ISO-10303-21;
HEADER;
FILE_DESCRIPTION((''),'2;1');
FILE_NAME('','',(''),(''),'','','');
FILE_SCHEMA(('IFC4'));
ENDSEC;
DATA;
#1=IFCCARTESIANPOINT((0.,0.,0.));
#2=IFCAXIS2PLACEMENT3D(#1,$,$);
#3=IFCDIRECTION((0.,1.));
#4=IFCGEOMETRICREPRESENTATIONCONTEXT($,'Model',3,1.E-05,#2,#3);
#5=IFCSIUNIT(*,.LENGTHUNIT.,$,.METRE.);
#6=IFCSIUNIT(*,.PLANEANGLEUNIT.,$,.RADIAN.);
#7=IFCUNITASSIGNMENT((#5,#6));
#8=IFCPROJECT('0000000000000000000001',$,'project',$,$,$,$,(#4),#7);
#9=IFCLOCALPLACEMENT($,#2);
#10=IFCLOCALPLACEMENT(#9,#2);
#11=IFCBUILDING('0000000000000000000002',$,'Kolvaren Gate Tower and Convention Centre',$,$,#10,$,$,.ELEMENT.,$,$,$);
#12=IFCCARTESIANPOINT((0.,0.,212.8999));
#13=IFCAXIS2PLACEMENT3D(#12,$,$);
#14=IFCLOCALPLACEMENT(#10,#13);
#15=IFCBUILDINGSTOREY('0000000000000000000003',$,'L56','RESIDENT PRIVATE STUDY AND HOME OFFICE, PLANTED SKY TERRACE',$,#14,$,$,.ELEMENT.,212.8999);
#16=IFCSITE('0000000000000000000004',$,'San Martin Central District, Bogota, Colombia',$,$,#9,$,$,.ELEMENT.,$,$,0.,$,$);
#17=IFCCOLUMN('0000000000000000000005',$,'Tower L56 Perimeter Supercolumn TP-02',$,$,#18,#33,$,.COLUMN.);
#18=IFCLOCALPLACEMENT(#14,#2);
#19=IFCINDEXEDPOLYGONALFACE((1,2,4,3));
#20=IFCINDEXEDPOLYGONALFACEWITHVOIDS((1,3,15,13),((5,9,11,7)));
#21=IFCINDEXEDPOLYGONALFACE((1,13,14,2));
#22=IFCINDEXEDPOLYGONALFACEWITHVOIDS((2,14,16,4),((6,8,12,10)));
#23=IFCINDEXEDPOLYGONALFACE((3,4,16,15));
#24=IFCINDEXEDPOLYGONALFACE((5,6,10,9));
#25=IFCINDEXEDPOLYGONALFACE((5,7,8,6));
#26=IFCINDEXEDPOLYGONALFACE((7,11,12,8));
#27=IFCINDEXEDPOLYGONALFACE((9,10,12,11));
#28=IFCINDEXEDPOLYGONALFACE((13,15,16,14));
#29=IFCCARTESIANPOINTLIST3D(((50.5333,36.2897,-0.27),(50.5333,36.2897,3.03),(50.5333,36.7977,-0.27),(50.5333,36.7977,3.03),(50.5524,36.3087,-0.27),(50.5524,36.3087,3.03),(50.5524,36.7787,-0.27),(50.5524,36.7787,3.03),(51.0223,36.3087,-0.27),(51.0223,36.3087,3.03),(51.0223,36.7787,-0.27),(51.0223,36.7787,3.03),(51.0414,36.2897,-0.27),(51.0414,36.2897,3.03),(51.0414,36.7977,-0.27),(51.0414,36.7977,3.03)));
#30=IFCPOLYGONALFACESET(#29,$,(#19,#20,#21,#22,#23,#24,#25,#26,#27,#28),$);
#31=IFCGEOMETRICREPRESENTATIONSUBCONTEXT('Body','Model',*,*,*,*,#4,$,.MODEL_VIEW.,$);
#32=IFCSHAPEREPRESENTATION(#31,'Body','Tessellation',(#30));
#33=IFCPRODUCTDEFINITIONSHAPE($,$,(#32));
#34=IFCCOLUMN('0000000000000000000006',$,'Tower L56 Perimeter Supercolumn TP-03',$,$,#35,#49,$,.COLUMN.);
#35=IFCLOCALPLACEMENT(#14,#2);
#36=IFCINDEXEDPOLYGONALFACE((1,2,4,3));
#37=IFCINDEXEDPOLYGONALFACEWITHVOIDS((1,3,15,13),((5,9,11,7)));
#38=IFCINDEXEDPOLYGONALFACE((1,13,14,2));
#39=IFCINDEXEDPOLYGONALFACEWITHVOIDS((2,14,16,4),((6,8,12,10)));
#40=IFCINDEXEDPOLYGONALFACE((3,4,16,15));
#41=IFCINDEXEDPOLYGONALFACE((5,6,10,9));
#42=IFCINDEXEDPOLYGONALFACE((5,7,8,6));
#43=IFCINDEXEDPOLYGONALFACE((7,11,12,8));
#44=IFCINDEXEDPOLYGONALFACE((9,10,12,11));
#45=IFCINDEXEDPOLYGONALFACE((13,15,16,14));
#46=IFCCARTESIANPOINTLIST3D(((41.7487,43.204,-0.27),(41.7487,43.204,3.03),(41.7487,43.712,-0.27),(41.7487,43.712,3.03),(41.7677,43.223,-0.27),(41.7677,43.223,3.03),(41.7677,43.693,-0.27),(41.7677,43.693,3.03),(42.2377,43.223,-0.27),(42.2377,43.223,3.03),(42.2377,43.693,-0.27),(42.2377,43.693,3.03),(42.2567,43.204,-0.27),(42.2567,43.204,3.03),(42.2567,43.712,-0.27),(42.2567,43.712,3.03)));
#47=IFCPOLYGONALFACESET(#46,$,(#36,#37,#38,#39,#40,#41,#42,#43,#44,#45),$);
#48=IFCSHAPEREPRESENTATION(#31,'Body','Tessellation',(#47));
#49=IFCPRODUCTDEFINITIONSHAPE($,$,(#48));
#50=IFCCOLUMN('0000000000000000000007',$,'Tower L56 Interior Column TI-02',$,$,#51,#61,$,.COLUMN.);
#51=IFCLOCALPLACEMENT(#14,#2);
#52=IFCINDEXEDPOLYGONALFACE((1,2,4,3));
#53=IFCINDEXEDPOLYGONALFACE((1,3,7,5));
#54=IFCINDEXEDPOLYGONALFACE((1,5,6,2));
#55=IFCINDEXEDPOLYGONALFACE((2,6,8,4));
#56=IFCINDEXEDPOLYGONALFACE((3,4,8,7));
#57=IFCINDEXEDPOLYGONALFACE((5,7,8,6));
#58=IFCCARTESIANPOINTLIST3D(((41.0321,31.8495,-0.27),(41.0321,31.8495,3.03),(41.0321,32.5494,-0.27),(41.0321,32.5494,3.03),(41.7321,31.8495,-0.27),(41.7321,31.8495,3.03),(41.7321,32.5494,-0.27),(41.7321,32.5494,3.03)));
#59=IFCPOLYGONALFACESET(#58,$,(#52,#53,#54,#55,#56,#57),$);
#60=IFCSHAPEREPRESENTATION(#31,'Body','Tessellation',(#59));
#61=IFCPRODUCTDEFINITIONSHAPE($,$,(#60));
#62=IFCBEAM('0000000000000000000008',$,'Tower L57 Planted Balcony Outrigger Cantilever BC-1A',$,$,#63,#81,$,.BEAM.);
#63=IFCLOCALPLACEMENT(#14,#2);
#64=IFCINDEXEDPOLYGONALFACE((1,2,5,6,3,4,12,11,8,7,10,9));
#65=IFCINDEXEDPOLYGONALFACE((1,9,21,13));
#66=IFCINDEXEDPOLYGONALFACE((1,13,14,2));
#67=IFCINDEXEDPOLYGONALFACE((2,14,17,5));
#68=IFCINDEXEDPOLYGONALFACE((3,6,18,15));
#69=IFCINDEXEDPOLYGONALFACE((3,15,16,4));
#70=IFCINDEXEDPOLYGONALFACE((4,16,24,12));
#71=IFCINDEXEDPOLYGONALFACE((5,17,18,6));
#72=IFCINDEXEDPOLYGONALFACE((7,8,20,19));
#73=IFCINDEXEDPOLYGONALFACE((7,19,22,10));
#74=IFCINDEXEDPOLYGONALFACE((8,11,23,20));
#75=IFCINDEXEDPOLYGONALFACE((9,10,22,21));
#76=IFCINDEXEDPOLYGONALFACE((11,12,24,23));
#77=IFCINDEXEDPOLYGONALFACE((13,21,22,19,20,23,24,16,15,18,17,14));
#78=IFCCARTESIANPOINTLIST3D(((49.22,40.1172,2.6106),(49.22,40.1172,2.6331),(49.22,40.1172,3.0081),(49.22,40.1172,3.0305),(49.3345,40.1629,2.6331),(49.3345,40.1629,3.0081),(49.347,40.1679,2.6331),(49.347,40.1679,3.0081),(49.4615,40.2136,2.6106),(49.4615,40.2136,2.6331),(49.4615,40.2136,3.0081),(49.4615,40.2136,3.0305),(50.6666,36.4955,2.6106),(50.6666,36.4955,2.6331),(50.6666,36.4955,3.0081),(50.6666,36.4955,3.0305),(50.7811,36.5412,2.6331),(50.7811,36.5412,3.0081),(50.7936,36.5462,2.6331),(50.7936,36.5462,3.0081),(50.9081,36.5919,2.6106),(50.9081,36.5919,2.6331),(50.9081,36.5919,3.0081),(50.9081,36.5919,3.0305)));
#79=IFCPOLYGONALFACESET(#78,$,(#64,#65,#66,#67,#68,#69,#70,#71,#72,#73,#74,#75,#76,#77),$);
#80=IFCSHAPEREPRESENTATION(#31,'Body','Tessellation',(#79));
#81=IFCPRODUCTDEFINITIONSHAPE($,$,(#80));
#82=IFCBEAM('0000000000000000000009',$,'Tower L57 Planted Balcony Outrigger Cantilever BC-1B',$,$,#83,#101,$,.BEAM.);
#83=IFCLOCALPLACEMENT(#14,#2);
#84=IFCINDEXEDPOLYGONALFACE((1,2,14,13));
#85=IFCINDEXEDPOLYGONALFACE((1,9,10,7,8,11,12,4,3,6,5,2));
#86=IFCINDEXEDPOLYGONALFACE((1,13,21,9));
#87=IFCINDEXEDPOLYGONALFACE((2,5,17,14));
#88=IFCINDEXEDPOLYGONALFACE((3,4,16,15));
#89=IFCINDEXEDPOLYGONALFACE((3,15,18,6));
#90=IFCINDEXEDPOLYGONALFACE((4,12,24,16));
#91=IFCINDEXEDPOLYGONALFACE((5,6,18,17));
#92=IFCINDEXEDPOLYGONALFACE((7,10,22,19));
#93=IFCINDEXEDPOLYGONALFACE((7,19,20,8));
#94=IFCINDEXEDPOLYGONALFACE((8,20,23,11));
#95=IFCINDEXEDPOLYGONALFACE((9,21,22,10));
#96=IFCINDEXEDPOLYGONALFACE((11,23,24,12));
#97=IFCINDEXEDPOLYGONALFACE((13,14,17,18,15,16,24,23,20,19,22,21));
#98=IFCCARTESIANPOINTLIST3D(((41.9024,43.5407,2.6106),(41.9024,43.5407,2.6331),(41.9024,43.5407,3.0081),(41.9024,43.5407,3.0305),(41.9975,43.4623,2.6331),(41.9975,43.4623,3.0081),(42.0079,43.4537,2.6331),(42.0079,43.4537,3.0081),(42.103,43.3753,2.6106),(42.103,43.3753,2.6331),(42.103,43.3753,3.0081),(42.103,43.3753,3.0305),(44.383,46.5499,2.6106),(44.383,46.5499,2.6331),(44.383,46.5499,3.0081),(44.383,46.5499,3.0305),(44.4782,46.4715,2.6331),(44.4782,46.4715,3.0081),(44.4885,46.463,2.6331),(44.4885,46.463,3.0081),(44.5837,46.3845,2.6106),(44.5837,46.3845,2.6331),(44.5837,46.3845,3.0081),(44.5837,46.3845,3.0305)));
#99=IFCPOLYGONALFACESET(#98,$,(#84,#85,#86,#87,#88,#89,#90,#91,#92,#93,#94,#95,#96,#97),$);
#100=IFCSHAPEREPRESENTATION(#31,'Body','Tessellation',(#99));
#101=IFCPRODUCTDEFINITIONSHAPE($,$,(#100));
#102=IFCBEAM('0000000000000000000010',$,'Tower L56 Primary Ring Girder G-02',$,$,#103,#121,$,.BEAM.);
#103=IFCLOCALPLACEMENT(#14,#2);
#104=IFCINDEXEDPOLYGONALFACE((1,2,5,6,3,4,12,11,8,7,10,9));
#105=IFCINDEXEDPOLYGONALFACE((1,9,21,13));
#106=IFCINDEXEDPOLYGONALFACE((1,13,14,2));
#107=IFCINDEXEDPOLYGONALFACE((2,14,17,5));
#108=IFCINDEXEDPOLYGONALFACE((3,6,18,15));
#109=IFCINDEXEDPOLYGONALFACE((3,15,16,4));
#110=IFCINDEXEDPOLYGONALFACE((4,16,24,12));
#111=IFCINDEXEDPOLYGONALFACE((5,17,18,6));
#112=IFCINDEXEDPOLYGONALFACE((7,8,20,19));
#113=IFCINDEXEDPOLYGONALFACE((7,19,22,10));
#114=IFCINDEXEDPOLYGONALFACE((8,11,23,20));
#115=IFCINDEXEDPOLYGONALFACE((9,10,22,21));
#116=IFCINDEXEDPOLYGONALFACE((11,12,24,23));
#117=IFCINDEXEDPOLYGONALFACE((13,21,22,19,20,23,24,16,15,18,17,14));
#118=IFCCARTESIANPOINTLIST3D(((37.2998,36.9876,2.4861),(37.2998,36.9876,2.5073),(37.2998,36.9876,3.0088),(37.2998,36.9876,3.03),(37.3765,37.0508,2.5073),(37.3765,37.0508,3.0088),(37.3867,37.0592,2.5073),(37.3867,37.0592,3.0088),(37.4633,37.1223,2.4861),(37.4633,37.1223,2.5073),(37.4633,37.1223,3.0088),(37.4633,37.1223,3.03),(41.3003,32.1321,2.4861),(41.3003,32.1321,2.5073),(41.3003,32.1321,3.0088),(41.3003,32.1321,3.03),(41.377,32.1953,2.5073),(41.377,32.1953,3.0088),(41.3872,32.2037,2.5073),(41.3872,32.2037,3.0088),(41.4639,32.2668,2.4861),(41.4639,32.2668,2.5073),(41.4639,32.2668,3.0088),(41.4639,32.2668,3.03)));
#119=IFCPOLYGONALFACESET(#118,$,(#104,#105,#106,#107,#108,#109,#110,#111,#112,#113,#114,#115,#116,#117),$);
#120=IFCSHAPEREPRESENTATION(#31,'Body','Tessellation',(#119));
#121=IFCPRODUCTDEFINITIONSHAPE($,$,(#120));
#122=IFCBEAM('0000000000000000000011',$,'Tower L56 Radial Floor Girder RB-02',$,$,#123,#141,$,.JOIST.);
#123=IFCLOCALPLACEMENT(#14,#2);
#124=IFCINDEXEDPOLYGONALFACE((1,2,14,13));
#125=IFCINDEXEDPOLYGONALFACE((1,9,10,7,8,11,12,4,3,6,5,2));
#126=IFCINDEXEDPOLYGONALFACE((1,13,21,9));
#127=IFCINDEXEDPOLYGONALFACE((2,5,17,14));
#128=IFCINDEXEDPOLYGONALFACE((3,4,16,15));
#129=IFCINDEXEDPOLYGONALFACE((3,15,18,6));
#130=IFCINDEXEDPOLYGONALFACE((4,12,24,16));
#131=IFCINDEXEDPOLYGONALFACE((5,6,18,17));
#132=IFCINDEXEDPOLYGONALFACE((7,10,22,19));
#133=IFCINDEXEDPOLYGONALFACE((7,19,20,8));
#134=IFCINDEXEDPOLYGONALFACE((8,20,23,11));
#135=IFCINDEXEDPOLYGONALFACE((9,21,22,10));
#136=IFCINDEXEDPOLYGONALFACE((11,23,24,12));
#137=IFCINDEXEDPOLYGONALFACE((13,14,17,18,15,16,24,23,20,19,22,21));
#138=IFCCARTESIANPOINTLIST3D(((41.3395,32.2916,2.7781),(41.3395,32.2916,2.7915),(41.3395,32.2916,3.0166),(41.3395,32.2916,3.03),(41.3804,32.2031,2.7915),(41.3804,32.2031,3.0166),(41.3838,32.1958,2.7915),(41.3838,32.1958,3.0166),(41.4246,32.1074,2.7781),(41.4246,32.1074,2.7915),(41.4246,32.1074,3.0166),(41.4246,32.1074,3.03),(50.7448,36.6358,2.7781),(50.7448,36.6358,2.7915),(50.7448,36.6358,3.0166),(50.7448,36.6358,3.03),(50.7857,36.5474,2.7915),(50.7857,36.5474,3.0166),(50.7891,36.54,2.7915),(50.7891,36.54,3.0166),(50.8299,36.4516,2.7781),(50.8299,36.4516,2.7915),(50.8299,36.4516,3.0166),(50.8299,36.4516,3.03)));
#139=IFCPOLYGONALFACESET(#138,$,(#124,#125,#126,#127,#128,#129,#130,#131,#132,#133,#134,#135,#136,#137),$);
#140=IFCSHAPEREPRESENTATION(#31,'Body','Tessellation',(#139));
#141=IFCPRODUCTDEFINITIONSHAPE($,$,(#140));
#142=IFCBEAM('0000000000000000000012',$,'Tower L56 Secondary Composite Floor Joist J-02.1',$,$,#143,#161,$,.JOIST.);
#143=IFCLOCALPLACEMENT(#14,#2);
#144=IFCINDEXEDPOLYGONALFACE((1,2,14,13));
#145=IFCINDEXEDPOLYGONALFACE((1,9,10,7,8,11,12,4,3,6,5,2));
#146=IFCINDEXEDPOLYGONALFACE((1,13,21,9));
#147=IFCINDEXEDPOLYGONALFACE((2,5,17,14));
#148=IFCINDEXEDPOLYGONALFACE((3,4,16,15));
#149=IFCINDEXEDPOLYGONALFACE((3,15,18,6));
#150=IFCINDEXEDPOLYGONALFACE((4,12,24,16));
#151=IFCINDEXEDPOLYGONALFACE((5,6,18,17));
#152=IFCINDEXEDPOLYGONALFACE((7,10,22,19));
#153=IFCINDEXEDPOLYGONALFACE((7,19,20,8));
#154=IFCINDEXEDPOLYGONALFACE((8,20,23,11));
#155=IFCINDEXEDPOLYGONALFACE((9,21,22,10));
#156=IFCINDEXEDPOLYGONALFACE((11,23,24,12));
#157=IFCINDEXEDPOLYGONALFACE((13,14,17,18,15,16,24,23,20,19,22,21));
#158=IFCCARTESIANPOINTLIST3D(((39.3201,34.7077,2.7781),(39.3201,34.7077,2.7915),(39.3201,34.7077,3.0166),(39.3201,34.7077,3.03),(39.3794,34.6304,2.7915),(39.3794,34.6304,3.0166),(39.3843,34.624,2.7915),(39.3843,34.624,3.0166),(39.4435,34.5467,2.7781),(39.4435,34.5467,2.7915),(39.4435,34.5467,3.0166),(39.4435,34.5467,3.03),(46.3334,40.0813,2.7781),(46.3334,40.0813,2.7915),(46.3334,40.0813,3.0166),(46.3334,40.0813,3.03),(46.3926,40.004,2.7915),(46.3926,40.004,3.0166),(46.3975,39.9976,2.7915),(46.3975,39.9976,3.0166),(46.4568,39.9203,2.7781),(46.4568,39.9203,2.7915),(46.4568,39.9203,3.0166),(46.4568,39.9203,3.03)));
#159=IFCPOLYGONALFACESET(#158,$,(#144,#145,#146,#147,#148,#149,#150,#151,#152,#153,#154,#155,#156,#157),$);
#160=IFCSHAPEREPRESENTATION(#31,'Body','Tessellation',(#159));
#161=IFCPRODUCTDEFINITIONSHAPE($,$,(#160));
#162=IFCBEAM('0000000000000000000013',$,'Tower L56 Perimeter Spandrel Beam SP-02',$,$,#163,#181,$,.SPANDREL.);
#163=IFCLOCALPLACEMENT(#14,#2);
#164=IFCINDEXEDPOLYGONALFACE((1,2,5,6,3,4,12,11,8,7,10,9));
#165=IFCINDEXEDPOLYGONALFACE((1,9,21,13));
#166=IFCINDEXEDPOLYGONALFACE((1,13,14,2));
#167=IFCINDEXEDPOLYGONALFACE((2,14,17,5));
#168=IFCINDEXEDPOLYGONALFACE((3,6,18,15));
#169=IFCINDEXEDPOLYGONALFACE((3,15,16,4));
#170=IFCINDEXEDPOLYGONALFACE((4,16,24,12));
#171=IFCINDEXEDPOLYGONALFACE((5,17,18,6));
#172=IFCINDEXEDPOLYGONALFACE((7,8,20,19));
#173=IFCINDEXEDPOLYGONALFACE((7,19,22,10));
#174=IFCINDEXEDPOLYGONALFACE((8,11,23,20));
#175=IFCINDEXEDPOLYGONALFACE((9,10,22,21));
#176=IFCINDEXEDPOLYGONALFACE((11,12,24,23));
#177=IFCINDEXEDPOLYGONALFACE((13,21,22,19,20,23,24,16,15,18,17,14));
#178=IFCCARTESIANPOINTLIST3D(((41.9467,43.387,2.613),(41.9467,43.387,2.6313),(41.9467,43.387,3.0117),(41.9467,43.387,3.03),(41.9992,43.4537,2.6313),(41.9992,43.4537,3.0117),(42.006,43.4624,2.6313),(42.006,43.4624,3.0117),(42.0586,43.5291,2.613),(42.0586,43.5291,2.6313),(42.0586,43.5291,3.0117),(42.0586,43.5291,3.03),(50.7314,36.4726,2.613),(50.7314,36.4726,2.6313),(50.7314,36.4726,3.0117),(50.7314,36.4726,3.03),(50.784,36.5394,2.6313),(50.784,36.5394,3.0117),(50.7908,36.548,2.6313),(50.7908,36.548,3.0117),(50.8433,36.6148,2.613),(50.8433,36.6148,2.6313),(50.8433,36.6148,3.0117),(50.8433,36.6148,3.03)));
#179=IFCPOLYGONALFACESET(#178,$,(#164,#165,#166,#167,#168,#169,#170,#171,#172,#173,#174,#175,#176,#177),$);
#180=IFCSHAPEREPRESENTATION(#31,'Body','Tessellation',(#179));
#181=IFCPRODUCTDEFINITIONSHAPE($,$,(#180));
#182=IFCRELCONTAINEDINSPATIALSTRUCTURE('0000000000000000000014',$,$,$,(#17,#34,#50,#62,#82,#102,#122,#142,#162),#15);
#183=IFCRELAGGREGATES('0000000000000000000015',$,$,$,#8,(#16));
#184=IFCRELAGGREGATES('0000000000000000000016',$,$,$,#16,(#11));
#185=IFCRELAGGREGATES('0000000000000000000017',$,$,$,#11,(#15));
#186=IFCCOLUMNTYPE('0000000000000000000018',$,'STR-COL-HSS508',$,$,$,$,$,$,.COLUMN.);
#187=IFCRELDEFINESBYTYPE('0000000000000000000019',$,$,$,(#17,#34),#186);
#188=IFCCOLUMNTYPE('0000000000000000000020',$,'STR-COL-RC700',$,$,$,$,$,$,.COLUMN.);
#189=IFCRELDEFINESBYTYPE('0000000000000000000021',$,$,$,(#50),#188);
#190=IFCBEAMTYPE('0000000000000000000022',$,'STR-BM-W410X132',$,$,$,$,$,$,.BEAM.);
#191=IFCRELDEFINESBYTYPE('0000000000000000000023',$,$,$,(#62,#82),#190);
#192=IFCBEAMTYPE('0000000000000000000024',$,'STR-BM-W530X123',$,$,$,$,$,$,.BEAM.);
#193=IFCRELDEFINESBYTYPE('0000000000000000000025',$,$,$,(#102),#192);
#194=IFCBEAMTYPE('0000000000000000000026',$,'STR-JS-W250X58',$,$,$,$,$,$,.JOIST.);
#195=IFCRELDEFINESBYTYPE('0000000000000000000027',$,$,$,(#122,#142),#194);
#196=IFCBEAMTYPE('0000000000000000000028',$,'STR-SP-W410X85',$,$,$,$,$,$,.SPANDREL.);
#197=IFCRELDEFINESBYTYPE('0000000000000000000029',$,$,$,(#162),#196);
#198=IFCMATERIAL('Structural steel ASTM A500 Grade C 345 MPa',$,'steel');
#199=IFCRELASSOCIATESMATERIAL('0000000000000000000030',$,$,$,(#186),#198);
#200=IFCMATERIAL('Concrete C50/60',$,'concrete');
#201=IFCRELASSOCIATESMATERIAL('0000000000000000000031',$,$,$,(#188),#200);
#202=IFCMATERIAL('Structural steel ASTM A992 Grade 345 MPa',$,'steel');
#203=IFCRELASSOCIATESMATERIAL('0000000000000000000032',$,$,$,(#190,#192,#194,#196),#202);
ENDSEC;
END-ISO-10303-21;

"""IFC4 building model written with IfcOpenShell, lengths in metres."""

from ifc_helpers import new_model, si_unit, direction, frame, origin, origin_2d, place, context, subcontext, project, spatial, rectangle, hollow_rectangle, i_section, extrude, material, material_profile, profile_set, type_object, element, save


model = new_model("IFC4")

# Units and contexts
model_context = context("Model", 3, precision=1e-05, world=origin(), true_north=direction((0.0, 1.0)))
body_context = subcontext(model_context, "Body", "Model", "MODEL_VIEW")
ifc_project = project(units=[si_unit("LENGTHUNIT", "METRE"), si_unit("PLANEANGLEUNIT", "RADIAN")], contexts=[model_context])

# Site, building, storey
site_placement = place(None, origin())
site = spatial("IfcSite", under=ifc_project, at=site_placement, Name="San Martin Central District, Bogota, Colombia", CompositionType="ELEMENT", RefElevation=0.0)
building_placement = place(site_placement, origin())
building = spatial("IfcBuilding", under=site, at=building_placement, Name="Kolvaren Gate Tower and Convention Centre", CompositionType="ELEMENT")
storey_placement = place(building_placement, frame((0.0, 0.0, 212.8999)))
storey = spatial("IfcBuildingStorey", under=building, at=storey_placement, Name="L56", Description="RESIDENT PRIVATE STUDY AND HOME OFFICE, PLANTED SKY TERRACE", CompositionType="ELEMENT", Elevation=212.8999)

# Columns
ifc_material_1 = material(Name="Structural steel ASTM A500 Grade C 345 MPa", Category="steel")
ifc_material_profile_1 = material_profile(ifc_material_1, hollow_rectangle(XDim=0.5081, YDim=0.5081, WallThickness=0.019, at=origin_2d()), Name="HSS508X508X19.1")
ifc_profile_set_1 = profile_set([ifc_material_profile_1], Name="Structural steel ASTM A500 Grade C 345 MPa")
column_type_1 = type_object("IfcColumnType", Name="STR-COL-HSS508", PredefinedType="COLUMN", material=ifc_profile_set_1)
for number, where, z_axis, x_axis, name in (
    (1, (50.7874, 36.5437, -0.27), (0.0, 0.0, 1.0), (1.0, 0.0, 0.0), "Tower L56 Perimeter Supercolumn TP-02"),
    (2, (42.0027, 43.458, -0.27), (0.0, 0.0, 1.0), (1.0, 0.0, 0.0), "Tower L56 Perimeter Supercolumn TP-03"),
):
    element("IfcColumn", number, at=place(storey_placement, frame(where, z_axis=z_axis, x_axis=x_axis)), inside=storey, type_object=column_type_1, Name=name, PredefinedType="COLUMN", context=body_context, shape_type="SweptSolid", body=[
        extrude(hollow_rectangle(XDim=0.5081, YDim=0.5081, WallThickness=0.019, at=origin_2d()), origin(), (0.0, 0.0, 1.0), 3.3),
    ])
ifc_material_2 = material(Name="Concrete C50/60", Category="concrete")
ifc_material_profile_2 = material_profile(ifc_material_2, rectangle(XDim=0.7, YDim=0.7, at=origin_2d()), Name="RC-COL-700X700")
ifc_profile_set_2 = profile_set([ifc_material_profile_2], Name="Concrete C50/60")
column_type_2 = type_object("IfcColumnType", Name="STR-COL-RC700", PredefinedType="COLUMN", material=ifc_profile_set_2)
column_placement = place(storey_placement, frame((41.3821, 32.1995, -0.27), z_axis=(0.0, 0.0, 1.0), x_axis=(1.0, 0.0, 0.0)))
element("IfcColumn", 3, at=column_placement, inside=storey, type_object=column_type_2, Name="Tower L56 Interior Column TI-02", PredefinedType="COLUMN", context=body_context, shape_type="SweptSolid", body=[
    extrude(rectangle(XDim=0.7, YDim=0.7, at=origin_2d()), origin(), (0.0, 0.0, 1.0), 3.3),
])

# Beams
ifc_material_3 = material(Name="Structural steel ASTM A992 Grade 345 MPa", Category="steel")
ifc_material_profile_3 = material_profile(ifc_material_3, i_section(OverallWidth=0.26, OverallDepth=0.4199, WebThickness=0.0134, FlangeThickness=0.0225, at=origin_2d()), Name="W410X132")
ifc_profile_set_3 = profile_set([ifc_material_profile_3], Name="Structural steel ASTM A992 Grade 345 MPa")
beam_type_1 = type_object("IfcBeamType", Name="STR-BM-W410X132", PredefinedType="BEAM", material=ifc_profile_set_3)
for number, where, z_axis, x_axis, name in (
    (4, (50.7874, 36.5437, 2.8206), (-0.370926, 0.928662, 0.0), (-0.928662, -0.370926, 0.0), "Tower L57 Planted Balcony Outrigger Cantilever BC-1A"),
    (5, (42.0027, 43.458, 2.8206), (0.636087, 0.771618, 0.0), (-0.771618, 0.636087, 0.0), "Tower L57 Planted Balcony Outrigger Cantilever BC-1B"),
):
    element("IfcBeam", number, at=place(storey_placement, frame(where, z_axis=z_axis, x_axis=x_axis)), inside=storey, type_object=beam_type_1, Name=name, PredefinedType="BEAM", context=body_context, shape_type="SweptSolid", body=[
        extrude(i_section(OverallWidth=0.26, OverallDepth=0.4199, WebThickness=0.0134, FlangeThickness=0.0225, at=origin_2d()), origin(), (0.0, 0.0, 1.0), 3.8999),
    ])
ifc_material_profile_4 = material_profile(ifc_material_3, i_section(OverallWidth=0.2119, OverallDepth=0.5439, WebThickness=0.0132, FlangeThickness=0.0212, at=origin_2d()), Name="W530X123")
ifc_profile_set_4 = profile_set([ifc_material_profile_4], Name="Structural steel ASTM A992 Grade 345 MPa")
beam_type_2 = type_object("IfcBeamType", Name="STR-BM-W530X123", PredefinedType="BEAM", material=ifc_profile_set_4)
beam_1_placement = place(storey_placement, frame((41.3821, 32.1995, 2.7581), z_axis=(-0.635884, 0.771785, 0.0), x_axis=(-0.771785, -0.635884, 0.0)))
element("IfcBeam", 6, at=beam_1_placement, inside=storey, type_object=beam_type_2, Name="Tower L56 Primary Ring Girder G-02", PredefinedType="BEAM", context=body_context, shape_type="SweptSolid", body=[
    extrude(i_section(OverallWidth=0.2119, OverallDepth=0.5439, WebThickness=0.0132, FlangeThickness=0.0212, at=origin_2d()), origin(), (0.0, 0.0, 1.0), 6.2913),
])
ifc_material_profile_5 = material_profile(ifc_material_3, i_section(OverallWidth=0.2029, OverallDepth=0.252, WebThickness=0.0081, FlangeThickness=0.0134, at=origin_2d()), Name="W250X58")
ifc_profile_set_5 = profile_set([ifc_material_profile_5], Name="Structural steel ASTM A992 Grade 345 MPa")
beam_type_3 = type_object("IfcBeamType", Name="STR-JS-W250X58", PredefinedType="JOIST", material=ifc_profile_set_5)
beam_2_placement = place(storey_placement, frame((41.3821, 32.1995, 2.9041), z_axis=(0.907837, 0.419324, 0.0), x_axis=(-0.419324, 0.907837, 0.0)))
element("IfcBeam", 7, at=beam_2_placement, inside=storey, type_object=beam_type_3, Name="Tower L56 Radial Floor Girder RB-02", PredefinedType="JOIST", context=body_context, shape_type="SweptSolid", body=[
    extrude(i_section(OverallWidth=0.2029, OverallDepth=0.252, WebThickness=0.0081, FlangeThickness=0.0134, at=origin_2d()), origin(), (0.0, 0.0, 1.0), 10.3601),
])
beam_3_placement = place(storey_placement, frame((39.3818, 34.6272, 2.9041), z_axis=(0.793783, 0.608201, 0.0), x_axis=(-0.608201, 0.793783, 0.0)))
element("IfcBeam", 8, at=beam_3_placement, inside=storey, type_object=beam_type_3, Name="Tower L56 Secondary Composite Floor Joist J-02.1", PredefinedType="JOIST", context=body_context, shape_type="SweptSolid", body=[
    extrude(i_section(OverallWidth=0.2029, OverallDepth=0.252, WebThickness=0.0081, FlangeThickness=0.0134, at=origin_2d()), origin(), (0.0, 0.0, 1.0), 8.8352),
])
ifc_material_profile_6 = material_profile(ifc_material_3, i_section(OverallWidth=0.1809, OverallDepth=0.417, WebThickness=0.011, FlangeThickness=0.0183, at=origin_2d()), Name="W410X85")
ifc_profile_set_6 = profile_set([ifc_material_profile_6], Name="Structural steel ASTM A992 Grade 345 MPa")
beam_type_4 = type_object("IfcBeamType", Name="STR-SP-W410X85", PredefinedType="SPANDREL", material=ifc_profile_set_6)
beam_4_placement = place(storey_placement, frame((50.7874, 36.5437, 2.8215), z_axis=(-0.785794, 0.618489, 0.0), x_axis=(-0.618489, -0.785794, 0.0)))
element("IfcBeam", 9, at=beam_4_placement, inside=storey, type_object=beam_type_4, Name="Tower L56 Perimeter Spandrel Beam SP-02", PredefinedType="SPANDREL", context=body_context, shape_type="SweptSolid", body=[
    extrude(i_section(OverallWidth=0.1809, OverallDepth=0.417, WebThickness=0.011, FlangeThickness=0.0183, at=origin_2d()), origin(), (0.0, 0.0, 1.0), 11.1794),
])

save(model, "model.ifc")
